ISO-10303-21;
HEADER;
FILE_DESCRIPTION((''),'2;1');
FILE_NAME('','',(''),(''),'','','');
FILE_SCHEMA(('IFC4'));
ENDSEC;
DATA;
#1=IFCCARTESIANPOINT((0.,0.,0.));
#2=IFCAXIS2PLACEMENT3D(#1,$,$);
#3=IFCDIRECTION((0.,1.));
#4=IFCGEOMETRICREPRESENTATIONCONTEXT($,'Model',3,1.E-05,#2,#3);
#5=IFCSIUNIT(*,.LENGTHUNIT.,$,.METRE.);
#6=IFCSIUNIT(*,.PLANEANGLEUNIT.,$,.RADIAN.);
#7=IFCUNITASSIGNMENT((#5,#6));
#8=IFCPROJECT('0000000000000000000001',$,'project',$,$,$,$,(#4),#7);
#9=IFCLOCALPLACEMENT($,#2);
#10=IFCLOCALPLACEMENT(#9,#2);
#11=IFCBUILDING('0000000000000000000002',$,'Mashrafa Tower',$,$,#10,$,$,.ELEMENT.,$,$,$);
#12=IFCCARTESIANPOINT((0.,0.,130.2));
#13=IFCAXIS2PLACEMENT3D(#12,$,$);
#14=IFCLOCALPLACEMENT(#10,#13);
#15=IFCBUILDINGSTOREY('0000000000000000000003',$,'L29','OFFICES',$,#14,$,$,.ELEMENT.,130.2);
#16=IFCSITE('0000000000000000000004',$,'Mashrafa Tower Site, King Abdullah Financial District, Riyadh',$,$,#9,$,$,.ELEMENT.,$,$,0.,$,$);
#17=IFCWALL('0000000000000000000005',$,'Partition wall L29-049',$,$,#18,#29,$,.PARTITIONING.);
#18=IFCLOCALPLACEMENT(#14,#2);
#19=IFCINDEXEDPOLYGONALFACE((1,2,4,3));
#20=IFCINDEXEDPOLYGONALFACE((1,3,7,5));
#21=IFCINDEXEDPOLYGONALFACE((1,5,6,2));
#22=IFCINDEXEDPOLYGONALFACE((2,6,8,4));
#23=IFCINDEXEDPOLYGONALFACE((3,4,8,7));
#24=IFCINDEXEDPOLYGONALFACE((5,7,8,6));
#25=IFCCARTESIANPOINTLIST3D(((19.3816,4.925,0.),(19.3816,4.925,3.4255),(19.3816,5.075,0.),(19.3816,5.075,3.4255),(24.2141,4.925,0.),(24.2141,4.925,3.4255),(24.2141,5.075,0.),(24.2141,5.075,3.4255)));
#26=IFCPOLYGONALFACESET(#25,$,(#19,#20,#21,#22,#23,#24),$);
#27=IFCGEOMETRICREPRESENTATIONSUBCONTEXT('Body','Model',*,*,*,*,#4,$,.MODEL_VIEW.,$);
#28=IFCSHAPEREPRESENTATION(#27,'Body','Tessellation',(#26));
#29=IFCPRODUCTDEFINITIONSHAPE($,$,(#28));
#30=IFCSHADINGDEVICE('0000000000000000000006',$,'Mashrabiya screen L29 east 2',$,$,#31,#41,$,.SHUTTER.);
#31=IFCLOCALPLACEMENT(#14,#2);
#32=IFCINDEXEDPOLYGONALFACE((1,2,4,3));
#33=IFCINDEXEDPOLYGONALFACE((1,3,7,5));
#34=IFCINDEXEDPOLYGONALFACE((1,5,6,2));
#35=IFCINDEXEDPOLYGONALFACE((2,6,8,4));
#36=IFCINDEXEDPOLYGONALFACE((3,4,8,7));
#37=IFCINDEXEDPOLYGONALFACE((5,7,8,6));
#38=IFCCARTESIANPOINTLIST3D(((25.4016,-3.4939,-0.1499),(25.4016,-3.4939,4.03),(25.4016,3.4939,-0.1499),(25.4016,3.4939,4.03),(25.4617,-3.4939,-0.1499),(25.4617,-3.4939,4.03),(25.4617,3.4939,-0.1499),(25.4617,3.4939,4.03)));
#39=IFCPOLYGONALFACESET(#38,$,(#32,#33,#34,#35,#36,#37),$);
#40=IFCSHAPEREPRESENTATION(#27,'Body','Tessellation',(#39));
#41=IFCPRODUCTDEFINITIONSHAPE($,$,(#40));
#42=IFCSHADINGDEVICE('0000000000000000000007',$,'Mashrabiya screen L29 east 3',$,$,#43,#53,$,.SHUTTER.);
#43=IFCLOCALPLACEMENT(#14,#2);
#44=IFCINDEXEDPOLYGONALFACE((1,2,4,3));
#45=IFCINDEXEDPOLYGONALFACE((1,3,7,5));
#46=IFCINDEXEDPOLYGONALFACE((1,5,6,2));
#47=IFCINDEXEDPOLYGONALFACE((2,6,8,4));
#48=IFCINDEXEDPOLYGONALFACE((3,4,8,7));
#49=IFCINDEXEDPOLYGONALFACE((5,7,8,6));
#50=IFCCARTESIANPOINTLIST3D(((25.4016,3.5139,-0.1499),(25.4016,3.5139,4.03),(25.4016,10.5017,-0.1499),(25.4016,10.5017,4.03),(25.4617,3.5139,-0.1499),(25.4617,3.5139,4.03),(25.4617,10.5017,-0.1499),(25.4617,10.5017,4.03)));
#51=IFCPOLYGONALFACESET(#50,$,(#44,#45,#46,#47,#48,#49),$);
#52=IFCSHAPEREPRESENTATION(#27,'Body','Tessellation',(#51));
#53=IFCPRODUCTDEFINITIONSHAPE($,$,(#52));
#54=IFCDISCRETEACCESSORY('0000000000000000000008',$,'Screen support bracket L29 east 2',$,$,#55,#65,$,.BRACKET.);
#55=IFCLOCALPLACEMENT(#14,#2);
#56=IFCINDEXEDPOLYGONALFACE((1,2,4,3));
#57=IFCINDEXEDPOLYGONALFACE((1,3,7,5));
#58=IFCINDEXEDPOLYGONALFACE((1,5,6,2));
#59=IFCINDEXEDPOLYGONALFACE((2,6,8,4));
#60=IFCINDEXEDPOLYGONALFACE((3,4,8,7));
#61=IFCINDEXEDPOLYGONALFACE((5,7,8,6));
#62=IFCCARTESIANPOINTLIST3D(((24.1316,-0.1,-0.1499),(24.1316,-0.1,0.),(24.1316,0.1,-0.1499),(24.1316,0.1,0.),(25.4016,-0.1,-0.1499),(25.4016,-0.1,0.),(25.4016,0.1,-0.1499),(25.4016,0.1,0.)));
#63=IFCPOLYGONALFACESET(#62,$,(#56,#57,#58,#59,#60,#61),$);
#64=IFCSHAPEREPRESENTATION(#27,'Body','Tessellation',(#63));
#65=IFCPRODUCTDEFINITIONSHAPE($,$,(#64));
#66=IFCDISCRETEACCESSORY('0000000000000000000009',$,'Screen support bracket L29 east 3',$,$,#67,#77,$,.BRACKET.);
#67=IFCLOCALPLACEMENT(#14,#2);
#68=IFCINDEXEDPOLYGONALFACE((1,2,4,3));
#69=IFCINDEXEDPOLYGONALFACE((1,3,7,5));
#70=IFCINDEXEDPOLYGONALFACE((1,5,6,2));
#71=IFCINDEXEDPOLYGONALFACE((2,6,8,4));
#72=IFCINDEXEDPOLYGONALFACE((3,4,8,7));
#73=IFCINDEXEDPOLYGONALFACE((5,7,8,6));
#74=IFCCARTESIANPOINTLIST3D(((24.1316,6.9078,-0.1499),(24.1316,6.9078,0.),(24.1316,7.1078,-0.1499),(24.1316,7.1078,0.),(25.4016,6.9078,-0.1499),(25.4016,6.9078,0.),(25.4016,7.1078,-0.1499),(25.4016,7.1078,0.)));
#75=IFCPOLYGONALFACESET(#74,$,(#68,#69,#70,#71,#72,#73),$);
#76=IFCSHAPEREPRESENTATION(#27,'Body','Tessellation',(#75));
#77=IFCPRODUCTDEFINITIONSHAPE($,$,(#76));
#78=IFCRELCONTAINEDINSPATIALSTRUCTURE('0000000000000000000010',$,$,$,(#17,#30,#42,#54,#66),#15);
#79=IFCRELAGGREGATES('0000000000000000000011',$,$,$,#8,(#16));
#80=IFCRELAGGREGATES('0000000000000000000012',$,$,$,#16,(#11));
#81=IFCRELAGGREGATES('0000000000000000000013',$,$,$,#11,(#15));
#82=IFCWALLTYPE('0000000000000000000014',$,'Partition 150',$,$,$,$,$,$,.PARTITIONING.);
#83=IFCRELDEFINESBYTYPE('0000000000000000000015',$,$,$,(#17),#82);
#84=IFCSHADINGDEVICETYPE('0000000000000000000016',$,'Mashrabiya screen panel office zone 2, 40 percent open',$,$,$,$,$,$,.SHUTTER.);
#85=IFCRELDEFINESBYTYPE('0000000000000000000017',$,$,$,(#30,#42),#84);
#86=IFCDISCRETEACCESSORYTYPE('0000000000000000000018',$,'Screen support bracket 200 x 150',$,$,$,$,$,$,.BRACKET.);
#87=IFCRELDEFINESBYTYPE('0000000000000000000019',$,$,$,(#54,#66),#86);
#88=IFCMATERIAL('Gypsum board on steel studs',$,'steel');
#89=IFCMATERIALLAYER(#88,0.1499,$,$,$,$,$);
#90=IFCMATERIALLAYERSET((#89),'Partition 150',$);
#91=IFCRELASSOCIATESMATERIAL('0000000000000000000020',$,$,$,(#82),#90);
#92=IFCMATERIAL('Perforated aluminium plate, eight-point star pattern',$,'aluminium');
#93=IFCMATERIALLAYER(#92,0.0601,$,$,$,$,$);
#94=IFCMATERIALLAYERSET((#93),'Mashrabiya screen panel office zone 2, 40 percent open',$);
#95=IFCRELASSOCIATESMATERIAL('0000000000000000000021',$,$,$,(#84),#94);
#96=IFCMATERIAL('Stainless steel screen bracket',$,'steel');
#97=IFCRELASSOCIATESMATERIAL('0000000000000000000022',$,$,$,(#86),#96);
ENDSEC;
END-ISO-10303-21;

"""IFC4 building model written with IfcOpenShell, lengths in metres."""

from ifc_helpers import new_model, si_unit, direction, frame, frame_2d, origin, origin_2d, place, context, subcontext, project, spatial, rectangle, extrude, source, transform, mapped, material, layer, layer_set, type_object, type_shapes, element, save


model = new_model("IFC4")

# Units and contexts
model_context = context("Model", 3, precision=1e-05, world=origin(), true_north=direction((0.0, 1.0)))
body_context = subcontext(model_context, "Body", "Model", "MODEL_VIEW")
ifc_project = project(units=[si_unit("LENGTHUNIT", "METRE"), si_unit("PLANEANGLEUNIT", "RADIAN")], contexts=[model_context])

# Site, building, storey
site_placement = place(None, origin())
site = spatial("IfcSite", under=ifc_project, at=site_placement, Name="Mashrafa Tower Site, King Abdullah Financial District, Riyadh", CompositionType="ELEMENT", RefElevation=0.0)
building_placement = place(site_placement, origin())
building = spatial("IfcBuilding", under=site, at=building_placement, Name="Mashrafa Tower", CompositionType="ELEMENT")
storey_placement = place(building_placement, frame((0.0, 0.0, 130.2)))
storey = spatial("IfcBuildingStorey", under=building, at=storey_placement, Name="L29", Description="OFFICES", CompositionType="ELEMENT", Elevation=130.2)

# Shared definitions
ifc_material_1 = material(Name="Gypsum board on steel studs", Category="steel")
ifc_layer_1 = layer(ifc_material_1, 0.1499)
ifc_layer_set_1 = layer_set([ifc_layer_1], Name="Partition 150")
wall_type_1 = type_object("IfcWallType", Name="Partition 150", PredefinedType="PARTITIONING", material=ifc_layer_set_1)

# Wall
wall_1_placement = place(storey_placement, frame((19.3816, 5.0, 0.0), z_axis=(0.0, 0.0, 1.0), x_axis=(1.0, 0.0, 0.0)))
element("IfcWall", 1, at=wall_1_placement, inside=storey, type_object=wall_type_1, Name="Partition wall L29-049", PredefinedType="PARTITIONING", context=body_context, shape_type="SweptSolid", body=[
    extrude(rectangle(XDim=4.8325, YDim=0.1499, at=frame_2d((2.4163, 0.0))), origin(), (0.0, 0.0, 1.0), 3.4255),
])

# Shading devices
ifc_material_2 = material(Name="Perforated aluminium plate, eight-point star pattern", Category="aluminium")
ifc_layer_2 = layer(ifc_material_2, 0.0601)
ifc_layer_set_2 = layer_set([ifc_layer_2], Name="Mashrabiya screen panel office zone 2, 40 percent open")
shading_device_type = type_object("IfcShadingDeviceType", Name="Mashrabiya screen panel office zone 2, 40 percent open", PredefinedType="SHUTTER", material=ifc_layer_set_2)
shared_shape_1 = source(origin(), body_context, "Body", "SweptSolid", [
    extrude(rectangle(XDim=6.9878, YDim=0.0601, at=origin_2d()), origin(), (0.0, 0.0, 1.0), 4.1799),
])
type_shapes(shading_device_type, [shared_shape_1])
for number, where, z_axis, x_axis, name in (
    (2, (25.4316, 0.0, -0.1499), (0.0, 0.0, 1.0), (0.0, 1.0, 0.0), "Mashrabiya screen L29 east 2"),
    (3, (25.4316, 7.0078, -0.1499), (0.0, 0.0, 1.0), (0.0, 1.0, 0.0), "Mashrabiya screen L29 east 3"),
):
    element("IfcShadingDevice", number, at=place(storey_placement, frame(where, z_axis=z_axis, x_axis=x_axis)), inside=storey, type_object=shading_device_type, Name=name, PredefinedType="SHUTTER", context=body_context, shape_type="MappedRepresentation", body=[
        mapped(shared_shape_1, transform((0.0, 0.0, 0.0))),
    ])

# Discrete accessories
ifc_material_3 = material(Name="Stainless steel screen bracket", Category="steel")
discrete_accessory_type = type_object("IfcDiscreteAccessoryType", Name="Screen support bracket 200 x 150", PredefinedType="BRACKET", material=ifc_material_3)
shared_shape_2 = source(origin(), body_context, "Body", "SweptSolid", [
    extrude(rectangle(XDim=0.2, YDim=1.27, at=origin_2d()), origin(), (0.0, 0.0, 1.0), 0.1499),
])
type_shapes(discrete_accessory_type, [shared_shape_2])
for number, where, z_axis, x_axis, name in (
    (4, (24.7666, 0.0, -0.1499), (0.0, 0.0, 1.0), (0.0, 1.0, 0.0), "Screen support bracket L29 east 2"),
    (5, (24.7666, 7.0078, -0.1499), (0.0, 0.0, 1.0), (0.0, 1.0, 0.0), "Screen support bracket L29 east 3"),
):
    element("IfcDiscreteAccessory", number, at=place(storey_placement, frame(where, z_axis=z_axis, x_axis=x_axis)), inside=storey, type_object=discrete_accessory_type, Name=name, PredefinedType="BRACKET", context=body_context, shape_type="MappedRepresentation", body=[
        mapped(shared_shape_2, transform((0.0, 0.0, 0.0))),
    ])

save(model, "model.ifc")
